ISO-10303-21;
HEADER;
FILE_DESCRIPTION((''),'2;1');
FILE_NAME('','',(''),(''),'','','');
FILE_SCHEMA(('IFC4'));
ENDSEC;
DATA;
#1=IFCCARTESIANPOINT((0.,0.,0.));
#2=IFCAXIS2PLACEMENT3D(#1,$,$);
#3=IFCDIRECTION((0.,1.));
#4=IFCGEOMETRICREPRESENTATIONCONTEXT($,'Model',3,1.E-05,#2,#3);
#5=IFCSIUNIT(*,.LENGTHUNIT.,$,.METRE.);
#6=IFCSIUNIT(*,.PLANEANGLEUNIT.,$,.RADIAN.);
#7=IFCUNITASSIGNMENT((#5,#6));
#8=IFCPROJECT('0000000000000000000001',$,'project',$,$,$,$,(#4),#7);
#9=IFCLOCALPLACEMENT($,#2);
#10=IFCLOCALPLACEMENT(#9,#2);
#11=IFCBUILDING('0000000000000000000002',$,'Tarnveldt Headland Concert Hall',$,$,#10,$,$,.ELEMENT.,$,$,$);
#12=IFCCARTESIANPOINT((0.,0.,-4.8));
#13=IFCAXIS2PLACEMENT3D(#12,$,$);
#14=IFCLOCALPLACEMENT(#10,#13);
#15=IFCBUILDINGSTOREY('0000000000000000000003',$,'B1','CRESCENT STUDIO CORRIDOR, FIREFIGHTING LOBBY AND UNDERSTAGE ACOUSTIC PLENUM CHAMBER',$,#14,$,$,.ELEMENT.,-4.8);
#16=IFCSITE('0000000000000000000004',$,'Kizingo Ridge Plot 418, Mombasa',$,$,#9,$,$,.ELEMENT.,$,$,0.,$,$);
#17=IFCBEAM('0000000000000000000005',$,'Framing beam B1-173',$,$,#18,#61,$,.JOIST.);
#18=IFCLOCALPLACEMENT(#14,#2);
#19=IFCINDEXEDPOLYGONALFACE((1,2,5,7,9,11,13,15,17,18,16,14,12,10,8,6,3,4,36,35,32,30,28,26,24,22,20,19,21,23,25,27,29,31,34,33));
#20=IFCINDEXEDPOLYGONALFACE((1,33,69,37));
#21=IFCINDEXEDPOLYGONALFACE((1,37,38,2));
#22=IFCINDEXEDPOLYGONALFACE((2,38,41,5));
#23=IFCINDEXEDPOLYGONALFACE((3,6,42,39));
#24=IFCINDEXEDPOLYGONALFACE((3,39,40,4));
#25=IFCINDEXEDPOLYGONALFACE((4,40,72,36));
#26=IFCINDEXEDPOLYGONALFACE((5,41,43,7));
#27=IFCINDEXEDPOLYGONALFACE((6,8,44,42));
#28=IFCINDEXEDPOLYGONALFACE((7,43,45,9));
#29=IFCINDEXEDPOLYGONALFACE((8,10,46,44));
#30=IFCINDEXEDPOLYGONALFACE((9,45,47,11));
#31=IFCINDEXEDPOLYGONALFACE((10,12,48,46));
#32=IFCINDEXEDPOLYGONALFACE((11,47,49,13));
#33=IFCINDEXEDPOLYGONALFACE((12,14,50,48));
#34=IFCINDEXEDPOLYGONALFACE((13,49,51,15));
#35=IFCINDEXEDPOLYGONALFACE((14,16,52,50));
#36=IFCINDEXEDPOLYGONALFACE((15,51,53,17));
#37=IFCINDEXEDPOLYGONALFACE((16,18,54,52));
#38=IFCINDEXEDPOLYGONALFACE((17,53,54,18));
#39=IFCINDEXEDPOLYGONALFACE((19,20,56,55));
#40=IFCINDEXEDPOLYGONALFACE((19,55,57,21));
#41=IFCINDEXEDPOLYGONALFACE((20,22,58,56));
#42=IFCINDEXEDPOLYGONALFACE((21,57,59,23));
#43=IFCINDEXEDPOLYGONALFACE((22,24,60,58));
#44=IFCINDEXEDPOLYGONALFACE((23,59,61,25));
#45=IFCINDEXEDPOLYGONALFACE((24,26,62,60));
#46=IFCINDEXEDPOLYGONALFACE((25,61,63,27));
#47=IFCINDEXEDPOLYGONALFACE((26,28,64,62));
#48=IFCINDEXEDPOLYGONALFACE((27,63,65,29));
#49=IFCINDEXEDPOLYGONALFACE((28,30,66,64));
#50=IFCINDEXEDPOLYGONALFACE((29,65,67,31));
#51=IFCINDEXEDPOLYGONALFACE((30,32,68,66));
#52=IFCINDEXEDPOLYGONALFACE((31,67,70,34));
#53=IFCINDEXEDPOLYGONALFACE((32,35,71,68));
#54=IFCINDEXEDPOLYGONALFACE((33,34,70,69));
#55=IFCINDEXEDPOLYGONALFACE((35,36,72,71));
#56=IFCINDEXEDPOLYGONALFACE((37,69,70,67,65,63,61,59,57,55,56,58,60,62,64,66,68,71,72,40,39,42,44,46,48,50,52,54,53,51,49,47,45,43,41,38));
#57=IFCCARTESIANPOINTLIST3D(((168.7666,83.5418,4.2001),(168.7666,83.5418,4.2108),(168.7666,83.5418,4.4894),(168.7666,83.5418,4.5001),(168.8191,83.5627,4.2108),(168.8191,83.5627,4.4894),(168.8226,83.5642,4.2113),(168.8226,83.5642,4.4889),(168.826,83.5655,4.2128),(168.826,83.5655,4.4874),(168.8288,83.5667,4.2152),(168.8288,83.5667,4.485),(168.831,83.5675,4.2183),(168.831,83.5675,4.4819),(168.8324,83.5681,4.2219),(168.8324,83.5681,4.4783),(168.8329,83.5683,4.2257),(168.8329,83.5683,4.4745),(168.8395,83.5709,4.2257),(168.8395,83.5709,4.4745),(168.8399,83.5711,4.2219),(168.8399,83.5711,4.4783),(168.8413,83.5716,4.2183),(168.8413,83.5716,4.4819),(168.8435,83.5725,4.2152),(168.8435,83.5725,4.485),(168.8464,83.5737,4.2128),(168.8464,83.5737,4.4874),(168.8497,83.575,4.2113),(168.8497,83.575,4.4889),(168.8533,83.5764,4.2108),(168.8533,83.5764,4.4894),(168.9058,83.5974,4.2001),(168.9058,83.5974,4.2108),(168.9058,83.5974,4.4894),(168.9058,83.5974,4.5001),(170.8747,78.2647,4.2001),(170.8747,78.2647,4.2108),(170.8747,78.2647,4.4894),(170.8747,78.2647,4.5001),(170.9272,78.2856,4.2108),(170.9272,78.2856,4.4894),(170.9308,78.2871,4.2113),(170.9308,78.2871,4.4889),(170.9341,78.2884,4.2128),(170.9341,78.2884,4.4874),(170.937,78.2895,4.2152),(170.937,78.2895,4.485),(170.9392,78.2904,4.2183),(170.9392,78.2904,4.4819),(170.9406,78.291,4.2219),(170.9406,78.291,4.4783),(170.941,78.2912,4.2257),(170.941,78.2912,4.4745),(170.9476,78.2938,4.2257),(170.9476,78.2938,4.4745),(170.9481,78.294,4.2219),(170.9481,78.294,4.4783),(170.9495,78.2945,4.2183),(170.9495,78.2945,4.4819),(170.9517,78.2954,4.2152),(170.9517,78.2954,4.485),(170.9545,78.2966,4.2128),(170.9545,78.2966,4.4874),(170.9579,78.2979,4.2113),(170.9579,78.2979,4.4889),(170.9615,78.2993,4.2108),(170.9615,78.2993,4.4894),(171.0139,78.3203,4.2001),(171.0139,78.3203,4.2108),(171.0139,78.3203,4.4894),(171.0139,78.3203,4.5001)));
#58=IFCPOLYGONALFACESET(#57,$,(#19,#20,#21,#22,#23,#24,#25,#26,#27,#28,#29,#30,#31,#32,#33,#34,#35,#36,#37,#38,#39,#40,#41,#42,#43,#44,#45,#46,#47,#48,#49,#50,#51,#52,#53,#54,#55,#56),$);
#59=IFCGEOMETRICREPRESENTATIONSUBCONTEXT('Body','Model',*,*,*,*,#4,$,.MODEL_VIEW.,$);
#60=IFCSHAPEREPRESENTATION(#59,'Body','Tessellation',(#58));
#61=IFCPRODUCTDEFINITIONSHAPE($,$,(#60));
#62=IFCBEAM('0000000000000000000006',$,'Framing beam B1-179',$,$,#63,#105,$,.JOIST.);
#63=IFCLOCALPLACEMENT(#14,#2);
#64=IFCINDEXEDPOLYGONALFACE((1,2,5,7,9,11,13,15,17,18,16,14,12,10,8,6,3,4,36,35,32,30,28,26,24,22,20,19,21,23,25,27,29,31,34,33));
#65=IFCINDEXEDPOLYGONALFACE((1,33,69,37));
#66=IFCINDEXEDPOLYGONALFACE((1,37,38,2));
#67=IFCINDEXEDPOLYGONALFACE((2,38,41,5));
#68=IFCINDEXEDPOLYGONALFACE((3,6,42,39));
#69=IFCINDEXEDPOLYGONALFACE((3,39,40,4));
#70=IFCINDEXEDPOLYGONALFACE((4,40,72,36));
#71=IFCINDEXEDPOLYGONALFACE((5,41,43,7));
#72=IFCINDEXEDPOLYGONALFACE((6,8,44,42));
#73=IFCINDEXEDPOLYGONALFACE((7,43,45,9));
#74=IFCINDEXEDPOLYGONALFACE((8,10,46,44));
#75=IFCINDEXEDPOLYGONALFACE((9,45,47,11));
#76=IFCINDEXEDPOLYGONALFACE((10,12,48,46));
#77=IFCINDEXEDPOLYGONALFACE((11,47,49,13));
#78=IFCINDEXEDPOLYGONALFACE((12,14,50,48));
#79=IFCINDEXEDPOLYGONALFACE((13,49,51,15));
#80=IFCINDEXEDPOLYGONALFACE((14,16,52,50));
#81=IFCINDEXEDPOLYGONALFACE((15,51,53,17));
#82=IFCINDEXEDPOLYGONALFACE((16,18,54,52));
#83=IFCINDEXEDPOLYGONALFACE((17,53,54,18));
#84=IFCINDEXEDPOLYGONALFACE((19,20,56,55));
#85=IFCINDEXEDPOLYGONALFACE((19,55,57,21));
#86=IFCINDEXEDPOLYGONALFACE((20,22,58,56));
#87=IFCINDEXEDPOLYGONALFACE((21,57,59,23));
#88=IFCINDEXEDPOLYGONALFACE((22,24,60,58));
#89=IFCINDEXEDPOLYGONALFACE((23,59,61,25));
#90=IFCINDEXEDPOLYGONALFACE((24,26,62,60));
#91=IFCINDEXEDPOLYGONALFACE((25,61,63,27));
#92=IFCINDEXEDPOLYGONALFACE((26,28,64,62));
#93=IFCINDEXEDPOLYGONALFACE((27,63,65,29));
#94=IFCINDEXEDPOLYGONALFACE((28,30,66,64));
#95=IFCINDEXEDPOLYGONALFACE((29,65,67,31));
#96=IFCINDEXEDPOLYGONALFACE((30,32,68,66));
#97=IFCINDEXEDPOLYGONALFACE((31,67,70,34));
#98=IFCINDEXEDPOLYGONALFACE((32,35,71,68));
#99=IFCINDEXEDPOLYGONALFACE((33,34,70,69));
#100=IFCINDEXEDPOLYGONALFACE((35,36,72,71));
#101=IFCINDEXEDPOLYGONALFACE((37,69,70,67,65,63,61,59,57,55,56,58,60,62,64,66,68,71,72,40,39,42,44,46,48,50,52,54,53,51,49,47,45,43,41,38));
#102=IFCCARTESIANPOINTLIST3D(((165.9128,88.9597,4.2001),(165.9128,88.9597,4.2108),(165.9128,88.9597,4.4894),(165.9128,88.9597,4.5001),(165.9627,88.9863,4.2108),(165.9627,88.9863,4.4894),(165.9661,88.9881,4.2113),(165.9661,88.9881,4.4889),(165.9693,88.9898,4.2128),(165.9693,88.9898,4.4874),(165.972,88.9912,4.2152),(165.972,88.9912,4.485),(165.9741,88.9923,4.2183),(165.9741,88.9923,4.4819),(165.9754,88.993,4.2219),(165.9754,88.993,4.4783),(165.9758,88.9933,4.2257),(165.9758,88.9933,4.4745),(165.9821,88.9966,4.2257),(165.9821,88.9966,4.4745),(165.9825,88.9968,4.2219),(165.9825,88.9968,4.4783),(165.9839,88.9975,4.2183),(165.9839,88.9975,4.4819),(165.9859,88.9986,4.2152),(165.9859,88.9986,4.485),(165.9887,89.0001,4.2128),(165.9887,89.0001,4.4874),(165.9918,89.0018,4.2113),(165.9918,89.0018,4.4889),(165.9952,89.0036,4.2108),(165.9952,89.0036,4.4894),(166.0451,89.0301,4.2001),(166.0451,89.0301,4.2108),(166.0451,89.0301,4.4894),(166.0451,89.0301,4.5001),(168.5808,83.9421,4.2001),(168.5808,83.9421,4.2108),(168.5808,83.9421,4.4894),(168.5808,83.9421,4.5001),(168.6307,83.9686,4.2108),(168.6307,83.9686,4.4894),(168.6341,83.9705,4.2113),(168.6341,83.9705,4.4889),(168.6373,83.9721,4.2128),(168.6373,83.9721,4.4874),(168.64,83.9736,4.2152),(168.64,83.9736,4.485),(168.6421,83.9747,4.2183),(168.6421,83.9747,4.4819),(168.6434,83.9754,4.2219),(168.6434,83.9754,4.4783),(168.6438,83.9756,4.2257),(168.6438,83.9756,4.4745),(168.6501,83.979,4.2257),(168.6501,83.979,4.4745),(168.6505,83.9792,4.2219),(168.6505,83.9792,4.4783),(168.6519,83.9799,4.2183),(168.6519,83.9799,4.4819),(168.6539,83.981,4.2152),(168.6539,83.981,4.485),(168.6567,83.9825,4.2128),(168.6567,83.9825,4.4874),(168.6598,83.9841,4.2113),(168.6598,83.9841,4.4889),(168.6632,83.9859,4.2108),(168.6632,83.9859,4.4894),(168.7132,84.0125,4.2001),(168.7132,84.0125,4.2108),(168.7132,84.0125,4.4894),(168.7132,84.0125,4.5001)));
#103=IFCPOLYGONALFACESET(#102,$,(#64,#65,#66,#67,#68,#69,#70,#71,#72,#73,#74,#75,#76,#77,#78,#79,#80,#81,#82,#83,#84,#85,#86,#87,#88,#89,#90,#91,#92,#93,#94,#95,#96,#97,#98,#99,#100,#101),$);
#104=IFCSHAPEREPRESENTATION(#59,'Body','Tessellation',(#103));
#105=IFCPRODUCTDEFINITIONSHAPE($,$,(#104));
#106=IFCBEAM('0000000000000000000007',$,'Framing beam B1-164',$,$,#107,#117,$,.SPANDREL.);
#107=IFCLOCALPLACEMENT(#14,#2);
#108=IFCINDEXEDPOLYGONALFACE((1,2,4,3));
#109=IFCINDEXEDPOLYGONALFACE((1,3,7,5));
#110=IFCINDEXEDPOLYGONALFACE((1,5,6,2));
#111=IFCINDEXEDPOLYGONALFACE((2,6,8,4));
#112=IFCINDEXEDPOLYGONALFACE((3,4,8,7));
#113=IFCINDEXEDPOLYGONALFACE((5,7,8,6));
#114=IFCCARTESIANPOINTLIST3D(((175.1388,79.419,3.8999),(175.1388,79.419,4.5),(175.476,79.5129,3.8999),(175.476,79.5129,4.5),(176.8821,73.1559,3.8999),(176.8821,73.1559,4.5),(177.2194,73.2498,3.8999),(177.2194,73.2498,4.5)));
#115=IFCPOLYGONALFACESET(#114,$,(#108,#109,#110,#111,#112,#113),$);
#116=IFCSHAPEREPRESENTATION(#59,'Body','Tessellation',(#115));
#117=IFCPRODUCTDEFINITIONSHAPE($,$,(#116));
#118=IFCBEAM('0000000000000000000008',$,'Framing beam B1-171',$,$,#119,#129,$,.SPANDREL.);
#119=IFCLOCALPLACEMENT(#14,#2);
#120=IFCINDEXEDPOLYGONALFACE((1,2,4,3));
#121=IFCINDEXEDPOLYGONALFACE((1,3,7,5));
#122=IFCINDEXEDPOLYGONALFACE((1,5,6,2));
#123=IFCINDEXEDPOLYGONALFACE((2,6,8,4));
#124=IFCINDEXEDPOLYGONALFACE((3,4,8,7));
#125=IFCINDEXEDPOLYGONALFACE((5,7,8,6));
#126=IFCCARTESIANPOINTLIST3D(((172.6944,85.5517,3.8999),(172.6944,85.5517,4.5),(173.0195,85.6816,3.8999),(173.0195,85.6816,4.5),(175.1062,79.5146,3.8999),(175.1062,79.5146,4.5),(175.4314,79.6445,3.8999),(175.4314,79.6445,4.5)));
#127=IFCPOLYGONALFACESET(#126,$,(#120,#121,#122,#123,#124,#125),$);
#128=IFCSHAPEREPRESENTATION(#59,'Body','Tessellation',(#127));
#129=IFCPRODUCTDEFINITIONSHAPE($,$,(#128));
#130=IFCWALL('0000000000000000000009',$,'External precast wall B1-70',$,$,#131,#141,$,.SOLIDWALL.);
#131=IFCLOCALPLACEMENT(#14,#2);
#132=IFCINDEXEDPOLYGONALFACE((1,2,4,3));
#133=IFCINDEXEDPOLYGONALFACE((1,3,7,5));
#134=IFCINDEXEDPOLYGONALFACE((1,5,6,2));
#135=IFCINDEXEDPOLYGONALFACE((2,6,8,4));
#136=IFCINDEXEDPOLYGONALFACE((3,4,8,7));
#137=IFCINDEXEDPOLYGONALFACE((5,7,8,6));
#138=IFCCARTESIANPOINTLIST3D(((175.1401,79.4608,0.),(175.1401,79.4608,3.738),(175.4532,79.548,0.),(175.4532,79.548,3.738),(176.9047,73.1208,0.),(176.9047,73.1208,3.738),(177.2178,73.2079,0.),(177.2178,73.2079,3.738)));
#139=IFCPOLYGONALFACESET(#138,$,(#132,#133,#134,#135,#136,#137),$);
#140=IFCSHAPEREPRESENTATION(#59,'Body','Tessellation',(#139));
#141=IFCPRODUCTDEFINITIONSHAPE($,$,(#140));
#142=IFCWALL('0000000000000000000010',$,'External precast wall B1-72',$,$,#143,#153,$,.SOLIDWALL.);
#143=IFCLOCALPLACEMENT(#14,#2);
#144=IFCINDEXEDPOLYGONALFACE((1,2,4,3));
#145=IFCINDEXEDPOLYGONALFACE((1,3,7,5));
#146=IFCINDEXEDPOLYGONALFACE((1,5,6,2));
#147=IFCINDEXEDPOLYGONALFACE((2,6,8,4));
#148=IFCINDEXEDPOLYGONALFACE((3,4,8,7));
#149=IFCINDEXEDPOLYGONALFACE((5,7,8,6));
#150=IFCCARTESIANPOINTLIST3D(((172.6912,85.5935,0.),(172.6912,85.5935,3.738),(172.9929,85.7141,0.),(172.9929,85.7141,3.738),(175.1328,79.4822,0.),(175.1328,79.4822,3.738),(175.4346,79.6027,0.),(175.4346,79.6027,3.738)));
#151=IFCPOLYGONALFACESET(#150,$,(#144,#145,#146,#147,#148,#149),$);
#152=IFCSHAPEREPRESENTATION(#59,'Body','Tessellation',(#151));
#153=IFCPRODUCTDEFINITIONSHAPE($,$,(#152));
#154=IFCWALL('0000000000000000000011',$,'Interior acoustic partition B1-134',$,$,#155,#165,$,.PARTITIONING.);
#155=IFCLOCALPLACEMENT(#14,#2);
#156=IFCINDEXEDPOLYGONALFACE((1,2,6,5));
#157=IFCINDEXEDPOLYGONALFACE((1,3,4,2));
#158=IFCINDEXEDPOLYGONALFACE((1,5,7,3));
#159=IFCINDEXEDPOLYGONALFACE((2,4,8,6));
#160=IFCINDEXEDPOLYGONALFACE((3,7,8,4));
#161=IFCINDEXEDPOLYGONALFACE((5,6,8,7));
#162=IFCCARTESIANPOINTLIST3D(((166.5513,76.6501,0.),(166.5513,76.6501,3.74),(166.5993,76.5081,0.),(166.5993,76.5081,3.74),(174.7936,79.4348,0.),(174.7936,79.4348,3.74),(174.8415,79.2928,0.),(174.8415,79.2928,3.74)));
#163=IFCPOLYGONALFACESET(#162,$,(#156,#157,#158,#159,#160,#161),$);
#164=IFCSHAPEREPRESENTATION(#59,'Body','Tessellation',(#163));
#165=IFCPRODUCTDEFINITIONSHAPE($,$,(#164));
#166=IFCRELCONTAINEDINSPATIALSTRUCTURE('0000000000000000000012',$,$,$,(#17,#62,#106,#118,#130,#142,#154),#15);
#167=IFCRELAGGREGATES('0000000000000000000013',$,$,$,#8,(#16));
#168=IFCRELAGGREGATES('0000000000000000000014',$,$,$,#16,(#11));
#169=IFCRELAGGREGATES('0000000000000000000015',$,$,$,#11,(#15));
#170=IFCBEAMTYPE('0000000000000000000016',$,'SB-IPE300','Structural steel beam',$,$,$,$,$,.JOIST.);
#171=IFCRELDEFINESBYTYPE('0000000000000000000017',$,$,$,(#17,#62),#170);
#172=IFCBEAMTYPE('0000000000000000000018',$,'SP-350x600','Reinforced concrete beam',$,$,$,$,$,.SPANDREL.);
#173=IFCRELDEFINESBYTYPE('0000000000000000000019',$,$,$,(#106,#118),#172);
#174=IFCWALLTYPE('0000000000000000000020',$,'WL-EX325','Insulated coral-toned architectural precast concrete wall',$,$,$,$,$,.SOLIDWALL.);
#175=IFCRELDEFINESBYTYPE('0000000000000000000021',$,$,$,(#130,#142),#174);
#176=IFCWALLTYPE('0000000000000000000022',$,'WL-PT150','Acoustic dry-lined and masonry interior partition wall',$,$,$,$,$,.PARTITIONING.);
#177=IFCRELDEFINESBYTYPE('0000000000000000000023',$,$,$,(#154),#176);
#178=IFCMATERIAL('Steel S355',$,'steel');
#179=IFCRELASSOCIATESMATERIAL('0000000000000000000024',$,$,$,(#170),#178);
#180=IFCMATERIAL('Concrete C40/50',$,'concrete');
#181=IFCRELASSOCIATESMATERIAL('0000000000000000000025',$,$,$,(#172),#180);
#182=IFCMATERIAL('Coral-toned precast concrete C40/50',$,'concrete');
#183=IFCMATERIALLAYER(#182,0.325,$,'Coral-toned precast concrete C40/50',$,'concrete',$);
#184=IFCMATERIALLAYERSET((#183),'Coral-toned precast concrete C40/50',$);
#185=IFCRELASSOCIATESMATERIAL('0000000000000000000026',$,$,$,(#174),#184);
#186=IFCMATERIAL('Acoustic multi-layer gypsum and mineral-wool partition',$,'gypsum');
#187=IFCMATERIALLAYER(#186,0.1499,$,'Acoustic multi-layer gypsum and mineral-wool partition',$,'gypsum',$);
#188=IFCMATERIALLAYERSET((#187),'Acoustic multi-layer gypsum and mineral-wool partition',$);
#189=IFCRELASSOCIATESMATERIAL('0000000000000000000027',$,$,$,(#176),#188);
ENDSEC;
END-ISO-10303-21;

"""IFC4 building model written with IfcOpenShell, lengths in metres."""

from ifc_helpers import new_model, si_unit, direction, frame, frame_2d, origin, origin_2d, place, context, subcontext, project, spatial, rectangle, i_section, extrude, material, layer, layer_set, material_profile, profile_set, type_object, element, save


model = new_model("IFC4")

# Units and contexts
model_context = context("Model", 3, precision=1e-05, world=origin(), true_north=direction((0.0, 1.0)))
body_context = subcontext(model_context, "Body", "Model", "MODEL_VIEW")
ifc_project = project(units=[si_unit("LENGTHUNIT", "METRE"), si_unit("PLANEANGLEUNIT", "RADIAN")], contexts=[model_context])

# Site, building, storey
site_placement = place(None, origin())
site = spatial("IfcSite", under=ifc_project, at=site_placement, Name="Kizingo Ridge Plot 418, Mombasa", CompositionType="ELEMENT", RefElevation=0.0)
building_placement = place(site_placement, origin())
building = spatial("IfcBuilding", under=site, at=building_placement, Name="Tarnveldt Headland Concert Hall", CompositionType="ELEMENT")
storey_placement = place(building_placement, frame((0.0, 0.0, -4.8)))
storey = spatial("IfcBuildingStorey", under=building, at=storey_placement, Name="B1", Description="CRESCENT STUDIO CORRIDOR, FIREFIGHTING LOBBY AND UNDERSTAGE ACOUSTIC PLENUM CHAMBER", CompositionType="ELEMENT", Elevation=-4.8)

# Shared definitions
ifc_material_1 = material(Name="Concrete C40/50", Category="concrete")

# Beams
ifc_material_2 = material(Name="Steel S355", Category="steel")
ifc_material_profile_1 = material_profile(ifc_material_2, i_section(OverallWidth=0.1499, OverallDepth=0.3, WebThickness=0.0071, FlangeThickness=0.0107, FilletRadius=0.0149, at=origin_2d()), Name="IPE300", Category="steel")
ifc_profile_set_1 = profile_set([ifc_material_profile_1], Name="Steel S355")
beam_type_1 = type_object("IfcBeamType", Name="SB-IPE300", Description="Structural steel beam", PredefinedType="JOIST", material=ifc_profile_set_1)
beam_1_placement = place(storey_placement, frame((170.9443, 78.2925, 4.3501), z_axis=(-0.370983, 0.92864, 0.0), x_axis=(-0.92864, -0.370983, 0.0)))
element("IfcBeam", 1, at=beam_1_placement, inside=storey, type_object=beam_type_1, Name="Framing beam B1-173", PredefinedType="JOIST", context=body_context, shape_type="SweptSolid", body=[
    extrude(i_section(OverallWidth=0.1499, OverallDepth=0.3, WebThickness=0.0071, FlangeThickness=0.0107, FilletRadius=0.0149, at=origin_2d()), origin(), (0.0, 0.0, 1.0), 5.6826),
])
beam_2_placement = place(storey_placement, frame((168.647, 83.9773, 4.3501), z_axis=(-0.469482, 0.882942, 0.0), x_axis=(-0.882942, -0.469482, 0.0)))
element("IfcBeam", 2, at=beam_2_placement, inside=storey, type_object=beam_type_1, Name="Framing beam B1-179", PredefinedType="JOIST", context=body_context, shape_type="SweptSolid", body=[
    extrude(i_section(OverallWidth=0.1499, OverallDepth=0.3, WebThickness=0.0071, FlangeThickness=0.0107, FilletRadius=0.0149, at=origin_2d()), origin(), (0.0, 0.0, 1.0), 5.6829),
])
ifc_material_profile_2 = material_profile(ifc_material_1, rectangle(XDim=0.3501, YDim=0.6001, at=origin_2d()), Name="RC SPANDREL 350x600", Category="concrete")
ifc_profile_set_2 = profile_set([ifc_material_profile_2], Name="Concrete C40/50")
beam_type_2 = type_object("IfcBeamType", Name="SP-350x600", Description="Reinforced concrete beam", PredefinedType="SPANDREL", material=ifc_profile_set_2)
beam_3_placement = place(storey_placement, frame((177.0508, 73.2029, 4.2), z_axis=(-0.268163, 0.963374, 0.0), x_axis=(-0.963374, -0.268163, 0.0)))
element("IfcBeam", 3, at=beam_3_placement, inside=storey, type_object=beam_type_2, Name="Framing beam B1-164", PredefinedType="SPANDREL", context=body_context, shape_type="SweptSolid", body=[
    extrude(rectangle(XDim=0.3501, YDim=0.6001, at=origin_2d()), origin(), (0.0, 0.0, 1.0), 6.5012),
])
beam_4_placement = place(storey_placement, frame((175.2688, 79.5796, 4.2), z_axis=(-0.370996, 0.928635, 0.0), x_axis=(-0.928635, -0.370996, 0.0)))
element("IfcBeam", 4, at=beam_4_placement, inside=storey, type_object=beam_type_2, Name="Framing beam B1-171", PredefinedType="SPANDREL", context=body_context, shape_type="SweptSolid", body=[
    extrude(rectangle(XDim=0.3501, YDim=0.6001, at=origin_2d()), origin(), (0.0, 0.0, 1.0), 6.501),
])

# Walls
ifc_material_3 = material(Name="Coral-toned precast concrete C40/50", Category="concrete")
ifc_layer_1 = layer(ifc_material_3, 0.325, Name="Coral-toned precast concrete C40/50", Category="concrete")
ifc_layer_set_1 = layer_set([ifc_layer_1], Name="Coral-toned precast concrete C40/50")
wall_type_1 = type_object("IfcWallType", Name="WL-EX325", Description="Insulated coral-toned architectural precast concrete wall", PredefinedType="SOLIDWALL", material=ifc_layer_set_1)
for number, where, z_axis, x_axis, name in (
    (5, (175.2966, 79.5044, 0.0), (0.0, 0.0, 1.0), (0.268139, -0.96338, 0.0), "External precast wall B1-70"),
    (6, (172.842, 85.6538, 0.0), (0.0, 0.0, 1.0), (0.371013, -0.928628, 0.0), "External precast wall B1-72"),
):
    element("IfcWall", number, at=place(storey_placement, frame(where, z_axis=z_axis, x_axis=x_axis)), inside=storey, type_object=wall_type_1, Name=name, PredefinedType="SOLIDWALL", context=body_context, shape_type="SweptSolid", body=[
        extrude(rectangle(XDim=6.5811, YDim=0.325, at=frame_2d((3.2905, 0.0))), origin(), (0.0, 0.0, 1.0), 3.738),
    ])
ifc_material_4 = material(Name="Acoustic multi-layer gypsum and mineral-wool partition", Category="gypsum")
ifc_layer_2 = layer(ifc_material_4, 0.1499, Name="Acoustic multi-layer gypsum and mineral-wool partition", Category="gypsum")
ifc_layer_set_2 = layer_set([ifc_layer_2], Name="Acoustic multi-layer gypsum and mineral-wool partition")
wall_type_2 = type_object("IfcWallType", Name="WL-PT150", Description="Acoustic dry-lined and masonry interior partition wall", PredefinedType="PARTITIONING", material=ifc_layer_set_2)
wall_1_placement = place(storey_placement, frame((166.5752, 76.5791, 0.0), z_axis=(0.0, 0.0, 1.0), x_axis=(0.94739, 0.320081, 0.0)))
element("IfcWall", 7, at=wall_1_placement, inside=storey, type_object=wall_type_2, Name="Interior acoustic partition B1-134", PredefinedType="PARTITIONING", context=body_context, shape_type="SweptSolid", body=[
    extrude(rectangle(XDim=8.7, YDim=0.1499, at=frame_2d((4.3501, 0.0))), origin(), (0.0, 0.0, 1.0), 3.74),
])

save(model, "model.ifc")
